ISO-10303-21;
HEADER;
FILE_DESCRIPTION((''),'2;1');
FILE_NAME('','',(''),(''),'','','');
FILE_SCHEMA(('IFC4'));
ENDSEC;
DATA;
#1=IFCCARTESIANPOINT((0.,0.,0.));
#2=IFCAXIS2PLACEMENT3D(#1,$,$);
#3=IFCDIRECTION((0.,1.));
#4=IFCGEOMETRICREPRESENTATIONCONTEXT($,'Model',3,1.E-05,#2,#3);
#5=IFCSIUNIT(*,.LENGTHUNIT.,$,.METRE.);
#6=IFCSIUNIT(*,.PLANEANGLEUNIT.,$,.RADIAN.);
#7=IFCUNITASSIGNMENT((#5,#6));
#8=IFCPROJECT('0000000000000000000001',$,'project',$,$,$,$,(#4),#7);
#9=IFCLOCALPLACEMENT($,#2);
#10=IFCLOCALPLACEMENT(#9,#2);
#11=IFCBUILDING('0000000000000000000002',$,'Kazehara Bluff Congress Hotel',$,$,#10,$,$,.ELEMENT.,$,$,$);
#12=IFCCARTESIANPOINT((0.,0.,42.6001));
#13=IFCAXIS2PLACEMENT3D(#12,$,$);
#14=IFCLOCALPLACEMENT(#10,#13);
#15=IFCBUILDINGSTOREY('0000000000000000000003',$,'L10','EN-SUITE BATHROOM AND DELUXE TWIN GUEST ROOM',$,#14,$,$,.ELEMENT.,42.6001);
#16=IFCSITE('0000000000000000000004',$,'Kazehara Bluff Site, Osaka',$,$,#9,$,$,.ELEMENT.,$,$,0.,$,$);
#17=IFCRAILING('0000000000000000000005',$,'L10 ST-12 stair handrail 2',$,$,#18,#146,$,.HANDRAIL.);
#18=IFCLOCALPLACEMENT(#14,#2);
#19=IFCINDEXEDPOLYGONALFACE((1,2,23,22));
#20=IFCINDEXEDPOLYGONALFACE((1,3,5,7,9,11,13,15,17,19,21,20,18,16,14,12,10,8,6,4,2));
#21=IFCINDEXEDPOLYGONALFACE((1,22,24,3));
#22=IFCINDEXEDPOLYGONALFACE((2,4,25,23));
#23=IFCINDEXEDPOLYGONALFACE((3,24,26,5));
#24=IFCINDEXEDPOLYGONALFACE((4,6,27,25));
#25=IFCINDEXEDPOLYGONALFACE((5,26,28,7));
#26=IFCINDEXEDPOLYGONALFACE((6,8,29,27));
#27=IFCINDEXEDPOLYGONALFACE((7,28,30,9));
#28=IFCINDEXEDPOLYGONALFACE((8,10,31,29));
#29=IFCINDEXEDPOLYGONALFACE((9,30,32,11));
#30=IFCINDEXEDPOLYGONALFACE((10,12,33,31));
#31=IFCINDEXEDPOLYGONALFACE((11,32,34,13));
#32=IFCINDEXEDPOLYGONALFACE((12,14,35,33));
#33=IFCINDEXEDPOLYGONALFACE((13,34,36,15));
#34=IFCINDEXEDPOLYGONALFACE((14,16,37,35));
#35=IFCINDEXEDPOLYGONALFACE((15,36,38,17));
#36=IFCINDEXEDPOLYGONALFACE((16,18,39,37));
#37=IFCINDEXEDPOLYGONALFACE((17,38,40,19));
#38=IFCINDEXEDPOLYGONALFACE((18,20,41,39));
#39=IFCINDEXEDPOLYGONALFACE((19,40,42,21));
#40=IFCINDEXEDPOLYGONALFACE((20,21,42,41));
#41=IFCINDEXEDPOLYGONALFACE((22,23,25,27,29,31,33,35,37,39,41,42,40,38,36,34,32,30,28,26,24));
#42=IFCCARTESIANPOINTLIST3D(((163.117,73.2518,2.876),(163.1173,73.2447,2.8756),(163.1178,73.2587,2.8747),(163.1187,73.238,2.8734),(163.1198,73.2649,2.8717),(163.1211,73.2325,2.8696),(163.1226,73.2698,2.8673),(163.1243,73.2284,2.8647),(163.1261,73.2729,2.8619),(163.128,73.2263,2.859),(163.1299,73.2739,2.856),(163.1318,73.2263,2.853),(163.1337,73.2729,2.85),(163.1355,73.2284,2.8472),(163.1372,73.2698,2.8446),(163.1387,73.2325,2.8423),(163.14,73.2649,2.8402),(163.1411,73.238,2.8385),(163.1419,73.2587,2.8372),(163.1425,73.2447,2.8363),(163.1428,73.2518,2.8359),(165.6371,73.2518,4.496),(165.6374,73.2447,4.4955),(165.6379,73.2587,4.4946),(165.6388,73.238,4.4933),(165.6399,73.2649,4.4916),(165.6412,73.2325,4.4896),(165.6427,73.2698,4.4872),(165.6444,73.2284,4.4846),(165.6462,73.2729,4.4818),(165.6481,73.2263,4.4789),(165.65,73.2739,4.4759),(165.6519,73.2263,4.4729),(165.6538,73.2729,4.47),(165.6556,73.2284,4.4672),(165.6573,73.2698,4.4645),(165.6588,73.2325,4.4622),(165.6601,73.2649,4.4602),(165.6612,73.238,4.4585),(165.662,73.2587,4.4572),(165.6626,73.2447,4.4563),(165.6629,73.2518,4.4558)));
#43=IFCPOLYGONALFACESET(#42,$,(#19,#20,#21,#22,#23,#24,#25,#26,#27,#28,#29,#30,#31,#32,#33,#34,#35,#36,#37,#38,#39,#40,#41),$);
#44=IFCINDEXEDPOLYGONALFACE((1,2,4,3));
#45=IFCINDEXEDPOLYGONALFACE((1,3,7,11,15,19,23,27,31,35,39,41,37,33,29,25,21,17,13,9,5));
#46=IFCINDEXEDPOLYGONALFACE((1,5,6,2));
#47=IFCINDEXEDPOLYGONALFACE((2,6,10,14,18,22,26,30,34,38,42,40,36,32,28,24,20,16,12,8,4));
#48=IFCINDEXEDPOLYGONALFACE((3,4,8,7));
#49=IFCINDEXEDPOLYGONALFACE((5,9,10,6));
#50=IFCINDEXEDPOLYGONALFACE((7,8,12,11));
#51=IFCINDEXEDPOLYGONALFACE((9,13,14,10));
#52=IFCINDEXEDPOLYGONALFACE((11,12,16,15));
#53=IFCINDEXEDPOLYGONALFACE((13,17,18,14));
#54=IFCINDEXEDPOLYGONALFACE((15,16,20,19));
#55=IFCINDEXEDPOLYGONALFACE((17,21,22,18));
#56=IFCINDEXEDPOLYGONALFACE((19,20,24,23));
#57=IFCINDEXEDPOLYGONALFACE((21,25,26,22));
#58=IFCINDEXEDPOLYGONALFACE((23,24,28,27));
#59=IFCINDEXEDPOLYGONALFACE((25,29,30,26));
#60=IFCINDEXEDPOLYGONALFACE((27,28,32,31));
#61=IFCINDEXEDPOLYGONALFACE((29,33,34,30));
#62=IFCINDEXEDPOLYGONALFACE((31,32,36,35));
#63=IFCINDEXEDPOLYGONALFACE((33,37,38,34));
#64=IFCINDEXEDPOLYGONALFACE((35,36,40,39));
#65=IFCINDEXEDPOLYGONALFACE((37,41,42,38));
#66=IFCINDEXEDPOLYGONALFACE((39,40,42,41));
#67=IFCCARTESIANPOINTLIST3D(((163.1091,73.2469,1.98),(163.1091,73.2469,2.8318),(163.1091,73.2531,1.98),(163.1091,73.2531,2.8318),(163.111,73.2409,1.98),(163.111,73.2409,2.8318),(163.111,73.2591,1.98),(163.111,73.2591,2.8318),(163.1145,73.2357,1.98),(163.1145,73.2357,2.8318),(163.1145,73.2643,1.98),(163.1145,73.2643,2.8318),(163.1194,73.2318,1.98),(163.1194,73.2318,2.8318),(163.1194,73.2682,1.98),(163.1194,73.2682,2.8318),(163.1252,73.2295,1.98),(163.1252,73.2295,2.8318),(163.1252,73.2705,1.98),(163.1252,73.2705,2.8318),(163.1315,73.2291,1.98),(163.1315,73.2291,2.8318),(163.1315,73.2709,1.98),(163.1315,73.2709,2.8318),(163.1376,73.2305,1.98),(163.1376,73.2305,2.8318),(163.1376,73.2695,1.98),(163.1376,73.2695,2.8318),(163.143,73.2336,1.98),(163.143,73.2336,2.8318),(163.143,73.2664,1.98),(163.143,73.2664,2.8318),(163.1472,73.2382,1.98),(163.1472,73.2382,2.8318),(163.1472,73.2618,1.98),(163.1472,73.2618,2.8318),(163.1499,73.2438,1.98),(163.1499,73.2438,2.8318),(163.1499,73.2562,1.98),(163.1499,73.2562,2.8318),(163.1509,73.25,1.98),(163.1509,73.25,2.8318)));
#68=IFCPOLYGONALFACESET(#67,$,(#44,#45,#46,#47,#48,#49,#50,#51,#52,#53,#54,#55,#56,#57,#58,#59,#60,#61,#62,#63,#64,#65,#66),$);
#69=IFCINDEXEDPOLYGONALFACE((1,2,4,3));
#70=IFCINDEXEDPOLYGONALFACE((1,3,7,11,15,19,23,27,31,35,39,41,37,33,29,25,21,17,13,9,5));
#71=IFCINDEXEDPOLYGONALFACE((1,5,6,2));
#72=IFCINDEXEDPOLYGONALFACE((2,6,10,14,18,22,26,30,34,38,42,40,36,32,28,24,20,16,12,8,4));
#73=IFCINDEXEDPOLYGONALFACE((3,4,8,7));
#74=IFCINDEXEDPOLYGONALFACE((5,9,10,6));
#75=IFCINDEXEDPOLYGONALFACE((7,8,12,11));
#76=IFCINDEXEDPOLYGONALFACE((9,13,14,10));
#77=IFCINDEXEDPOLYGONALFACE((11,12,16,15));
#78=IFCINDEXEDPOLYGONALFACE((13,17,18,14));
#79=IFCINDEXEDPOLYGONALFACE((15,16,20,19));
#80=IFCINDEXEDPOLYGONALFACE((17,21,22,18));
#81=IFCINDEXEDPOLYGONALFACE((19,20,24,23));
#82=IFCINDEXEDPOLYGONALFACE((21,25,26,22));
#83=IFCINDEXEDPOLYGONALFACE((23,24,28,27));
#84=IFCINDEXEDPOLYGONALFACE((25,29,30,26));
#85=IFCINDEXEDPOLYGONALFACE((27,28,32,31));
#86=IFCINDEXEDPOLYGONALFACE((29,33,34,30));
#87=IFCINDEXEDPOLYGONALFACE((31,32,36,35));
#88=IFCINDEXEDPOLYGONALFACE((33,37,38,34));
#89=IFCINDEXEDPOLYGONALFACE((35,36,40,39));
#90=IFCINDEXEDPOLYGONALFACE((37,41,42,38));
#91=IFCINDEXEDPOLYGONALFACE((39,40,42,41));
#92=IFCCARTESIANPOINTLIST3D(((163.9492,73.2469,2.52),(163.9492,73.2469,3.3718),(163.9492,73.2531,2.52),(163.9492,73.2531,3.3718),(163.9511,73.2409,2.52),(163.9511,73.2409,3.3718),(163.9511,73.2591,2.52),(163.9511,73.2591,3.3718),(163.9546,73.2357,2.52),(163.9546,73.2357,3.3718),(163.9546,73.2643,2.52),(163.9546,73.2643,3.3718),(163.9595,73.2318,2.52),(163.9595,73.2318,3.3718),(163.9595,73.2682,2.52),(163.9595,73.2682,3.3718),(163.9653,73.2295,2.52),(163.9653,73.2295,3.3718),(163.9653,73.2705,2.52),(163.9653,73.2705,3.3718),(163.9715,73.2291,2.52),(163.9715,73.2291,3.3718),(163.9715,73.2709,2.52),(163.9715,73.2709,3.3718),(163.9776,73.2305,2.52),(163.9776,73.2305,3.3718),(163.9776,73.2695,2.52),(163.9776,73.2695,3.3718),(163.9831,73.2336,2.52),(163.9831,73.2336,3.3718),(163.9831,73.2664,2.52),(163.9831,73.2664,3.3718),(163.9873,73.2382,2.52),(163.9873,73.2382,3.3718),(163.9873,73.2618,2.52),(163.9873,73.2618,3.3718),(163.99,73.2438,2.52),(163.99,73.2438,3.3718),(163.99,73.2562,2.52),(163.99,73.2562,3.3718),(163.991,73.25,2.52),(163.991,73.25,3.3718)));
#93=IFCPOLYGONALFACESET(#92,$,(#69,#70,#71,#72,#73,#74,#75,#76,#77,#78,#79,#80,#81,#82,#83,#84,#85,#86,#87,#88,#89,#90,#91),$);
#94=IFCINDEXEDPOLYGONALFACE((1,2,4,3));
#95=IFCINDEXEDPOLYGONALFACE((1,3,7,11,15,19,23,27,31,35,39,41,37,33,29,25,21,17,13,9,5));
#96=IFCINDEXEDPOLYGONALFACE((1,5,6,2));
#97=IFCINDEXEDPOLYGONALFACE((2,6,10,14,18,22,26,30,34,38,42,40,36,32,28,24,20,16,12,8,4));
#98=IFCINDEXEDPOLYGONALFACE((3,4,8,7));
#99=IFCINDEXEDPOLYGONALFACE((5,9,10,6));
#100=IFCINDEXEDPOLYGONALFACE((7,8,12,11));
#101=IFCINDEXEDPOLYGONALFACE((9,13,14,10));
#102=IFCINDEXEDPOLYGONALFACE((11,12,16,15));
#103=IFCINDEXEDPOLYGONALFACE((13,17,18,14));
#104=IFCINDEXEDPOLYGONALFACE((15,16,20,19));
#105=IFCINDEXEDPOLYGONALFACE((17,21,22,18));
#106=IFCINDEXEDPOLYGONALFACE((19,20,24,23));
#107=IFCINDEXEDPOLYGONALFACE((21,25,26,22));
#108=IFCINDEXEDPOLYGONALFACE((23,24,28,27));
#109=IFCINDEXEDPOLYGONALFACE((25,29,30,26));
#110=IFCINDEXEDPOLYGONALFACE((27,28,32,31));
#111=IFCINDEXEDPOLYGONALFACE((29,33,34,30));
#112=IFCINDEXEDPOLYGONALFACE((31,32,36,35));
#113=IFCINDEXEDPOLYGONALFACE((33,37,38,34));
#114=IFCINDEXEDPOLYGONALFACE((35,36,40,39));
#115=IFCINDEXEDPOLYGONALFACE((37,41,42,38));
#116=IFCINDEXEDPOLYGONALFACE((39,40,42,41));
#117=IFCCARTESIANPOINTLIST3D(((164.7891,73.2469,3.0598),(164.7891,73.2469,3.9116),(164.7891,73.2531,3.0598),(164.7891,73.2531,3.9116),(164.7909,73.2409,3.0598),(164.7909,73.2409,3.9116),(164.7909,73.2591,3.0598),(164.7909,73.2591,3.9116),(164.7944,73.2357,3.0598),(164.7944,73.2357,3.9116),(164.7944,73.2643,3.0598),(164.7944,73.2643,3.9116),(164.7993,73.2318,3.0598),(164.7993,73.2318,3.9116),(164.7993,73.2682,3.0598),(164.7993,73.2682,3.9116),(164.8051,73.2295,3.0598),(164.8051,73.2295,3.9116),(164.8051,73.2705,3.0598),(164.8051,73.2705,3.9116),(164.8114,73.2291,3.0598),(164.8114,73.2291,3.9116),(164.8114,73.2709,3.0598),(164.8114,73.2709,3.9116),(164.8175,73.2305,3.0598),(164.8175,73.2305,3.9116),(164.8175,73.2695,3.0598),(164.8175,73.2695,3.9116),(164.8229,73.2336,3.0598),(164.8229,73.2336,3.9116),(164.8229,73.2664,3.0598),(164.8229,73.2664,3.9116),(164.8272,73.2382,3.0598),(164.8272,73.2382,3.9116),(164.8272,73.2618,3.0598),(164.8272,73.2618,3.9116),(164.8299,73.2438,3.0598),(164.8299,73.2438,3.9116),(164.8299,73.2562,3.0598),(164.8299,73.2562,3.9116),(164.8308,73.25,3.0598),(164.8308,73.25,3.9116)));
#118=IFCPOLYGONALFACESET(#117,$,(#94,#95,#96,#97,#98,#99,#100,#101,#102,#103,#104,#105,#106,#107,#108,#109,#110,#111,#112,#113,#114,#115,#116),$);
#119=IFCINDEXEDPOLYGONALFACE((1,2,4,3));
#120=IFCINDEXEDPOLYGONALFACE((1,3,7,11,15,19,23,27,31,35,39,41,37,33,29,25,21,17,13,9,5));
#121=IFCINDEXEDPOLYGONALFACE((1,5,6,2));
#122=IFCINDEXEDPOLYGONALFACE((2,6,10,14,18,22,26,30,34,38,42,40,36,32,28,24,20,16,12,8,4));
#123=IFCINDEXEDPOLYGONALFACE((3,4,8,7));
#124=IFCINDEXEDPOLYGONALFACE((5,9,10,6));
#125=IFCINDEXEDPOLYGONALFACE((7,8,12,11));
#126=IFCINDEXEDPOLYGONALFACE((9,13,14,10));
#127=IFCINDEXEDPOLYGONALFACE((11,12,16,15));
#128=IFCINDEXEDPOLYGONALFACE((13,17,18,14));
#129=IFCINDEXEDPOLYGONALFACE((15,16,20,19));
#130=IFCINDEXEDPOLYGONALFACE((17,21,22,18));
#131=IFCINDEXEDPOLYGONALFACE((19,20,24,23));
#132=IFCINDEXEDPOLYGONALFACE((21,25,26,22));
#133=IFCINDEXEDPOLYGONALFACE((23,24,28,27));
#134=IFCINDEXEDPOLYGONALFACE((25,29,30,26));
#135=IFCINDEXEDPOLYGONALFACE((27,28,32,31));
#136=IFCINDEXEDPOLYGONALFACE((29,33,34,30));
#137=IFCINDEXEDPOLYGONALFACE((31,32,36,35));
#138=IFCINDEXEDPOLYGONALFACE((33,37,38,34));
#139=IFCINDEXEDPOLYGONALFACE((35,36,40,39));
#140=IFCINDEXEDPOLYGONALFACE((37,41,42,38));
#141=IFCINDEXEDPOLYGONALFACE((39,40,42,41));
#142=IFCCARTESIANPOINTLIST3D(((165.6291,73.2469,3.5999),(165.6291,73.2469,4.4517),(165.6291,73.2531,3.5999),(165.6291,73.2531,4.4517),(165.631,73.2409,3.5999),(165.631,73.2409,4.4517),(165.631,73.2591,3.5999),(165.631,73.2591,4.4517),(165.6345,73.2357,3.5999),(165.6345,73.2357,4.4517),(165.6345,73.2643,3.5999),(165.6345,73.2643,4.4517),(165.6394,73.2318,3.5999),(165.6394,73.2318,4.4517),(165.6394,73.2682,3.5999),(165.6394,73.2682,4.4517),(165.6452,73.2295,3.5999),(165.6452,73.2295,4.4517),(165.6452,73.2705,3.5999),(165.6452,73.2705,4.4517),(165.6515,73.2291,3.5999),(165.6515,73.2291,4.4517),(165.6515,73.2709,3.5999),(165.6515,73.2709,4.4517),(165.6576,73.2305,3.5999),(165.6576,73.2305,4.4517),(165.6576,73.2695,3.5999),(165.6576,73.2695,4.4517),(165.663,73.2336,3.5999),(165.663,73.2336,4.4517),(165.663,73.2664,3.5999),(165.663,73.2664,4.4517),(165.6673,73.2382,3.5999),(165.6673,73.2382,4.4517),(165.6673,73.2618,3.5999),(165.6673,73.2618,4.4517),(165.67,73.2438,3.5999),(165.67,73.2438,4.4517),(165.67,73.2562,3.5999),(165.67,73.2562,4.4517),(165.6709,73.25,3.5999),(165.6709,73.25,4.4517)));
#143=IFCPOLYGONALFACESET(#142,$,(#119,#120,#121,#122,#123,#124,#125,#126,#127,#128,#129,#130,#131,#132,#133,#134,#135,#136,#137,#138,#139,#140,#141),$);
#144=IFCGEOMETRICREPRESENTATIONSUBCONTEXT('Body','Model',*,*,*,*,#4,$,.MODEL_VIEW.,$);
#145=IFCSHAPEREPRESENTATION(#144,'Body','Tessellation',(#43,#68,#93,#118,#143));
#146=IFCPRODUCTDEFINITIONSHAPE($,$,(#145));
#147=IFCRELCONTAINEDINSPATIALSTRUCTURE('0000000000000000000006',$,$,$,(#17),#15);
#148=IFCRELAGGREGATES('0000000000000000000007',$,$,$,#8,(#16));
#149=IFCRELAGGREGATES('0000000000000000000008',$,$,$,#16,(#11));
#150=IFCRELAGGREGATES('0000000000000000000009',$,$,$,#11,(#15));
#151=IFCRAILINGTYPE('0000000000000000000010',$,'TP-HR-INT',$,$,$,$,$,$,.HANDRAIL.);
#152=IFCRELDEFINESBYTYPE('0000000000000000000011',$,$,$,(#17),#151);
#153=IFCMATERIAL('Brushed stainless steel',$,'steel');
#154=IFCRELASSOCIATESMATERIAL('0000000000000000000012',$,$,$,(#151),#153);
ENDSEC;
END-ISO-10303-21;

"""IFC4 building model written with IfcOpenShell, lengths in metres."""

from ifc_helpers import new_model, si_unit, direction, frame, origin, origin_2d, place, context, subcontext, project, spatial, circle, extrude, material, type_object, element, save


model = new_model("IFC4")

# Units and contexts
model_context = context("Model", 3, precision=1e-05, world=origin(), true_north=direction((0.0, 1.0)))
body_context = subcontext(model_context, "Body", "Model", "MODEL_VIEW")
ifc_project = project(units=[si_unit("LENGTHUNIT", "METRE"), si_unit("PLANEANGLEUNIT", "RADIAN")], contexts=[model_context])

# Site, building, storey
site_placement = place(None, origin())
site = spatial("IfcSite", under=ifc_project, at=site_placement, Name="Kazehara Bluff Site, Osaka", CompositionType="ELEMENT", RefElevation=0.0)
building_placement = place(site_placement, origin())
building = spatial("IfcBuilding", under=site, at=building_placement, Name="Kazehara Bluff Congress Hotel", CompositionType="ELEMENT")
storey_placement = place(building_placement, frame((0.0, 0.0, 42.6001)))
storey = spatial("IfcBuildingStorey", under=building, at=storey_placement, Name="L10", Description="EN-SUITE BATHROOM AND DELUXE TWIN GUEST ROOM", CompositionType="ELEMENT", Elevation=42.6001)

# Railing
ifc_material_1 = material(Name="Brushed stainless steel", Category="steel")
railing_type_1 = type_object("IfcRailingType", Name="TP-HR-INT", PredefinedType="HANDRAIL", material=ifc_material_1)
railing_1_placement = place(storey_placement, frame((163.1299, 73.25, 1.98)))
element("IfcRailing", 1, at=railing_1_placement, inside=storey, type_object=railing_type_1, Name="L10 ST-12 stair handrail 2", PredefinedType="HANDRAIL", context=body_context, shape_type="SweptSolid", body=[
    extrude(circle(Radius=0.0239, at=origin_2d()), frame((0.0, 0.0, 0.876), z_axis=(0.8412, 0.0, 0.540725), x_axis=(0.0, 1.0, 0.0)), (0.0, 0.0, 1.0), 2.9958),
    extrude(circle(Radius=0.021, at=origin_2d()), origin(), (0.0, 0.0, 1.0), 0.8518),
    extrude(circle(Radius=0.021, at=origin_2d()), frame((0.8401, 0.0, 0.54)), (0.0, 0.0, 1.0), 0.8518),
    extrude(circle(Radius=0.021, at=origin_2d()), frame((1.6799, 0.0, 1.0798)), (0.0, 0.0, 1.0), 0.8518),
    extrude(circle(Radius=0.021, at=origin_2d()), frame((2.52, 0.0, 1.6199)), (0.0, 0.0, 1.0), 0.8518),
])

save(model, "model.ifc")
